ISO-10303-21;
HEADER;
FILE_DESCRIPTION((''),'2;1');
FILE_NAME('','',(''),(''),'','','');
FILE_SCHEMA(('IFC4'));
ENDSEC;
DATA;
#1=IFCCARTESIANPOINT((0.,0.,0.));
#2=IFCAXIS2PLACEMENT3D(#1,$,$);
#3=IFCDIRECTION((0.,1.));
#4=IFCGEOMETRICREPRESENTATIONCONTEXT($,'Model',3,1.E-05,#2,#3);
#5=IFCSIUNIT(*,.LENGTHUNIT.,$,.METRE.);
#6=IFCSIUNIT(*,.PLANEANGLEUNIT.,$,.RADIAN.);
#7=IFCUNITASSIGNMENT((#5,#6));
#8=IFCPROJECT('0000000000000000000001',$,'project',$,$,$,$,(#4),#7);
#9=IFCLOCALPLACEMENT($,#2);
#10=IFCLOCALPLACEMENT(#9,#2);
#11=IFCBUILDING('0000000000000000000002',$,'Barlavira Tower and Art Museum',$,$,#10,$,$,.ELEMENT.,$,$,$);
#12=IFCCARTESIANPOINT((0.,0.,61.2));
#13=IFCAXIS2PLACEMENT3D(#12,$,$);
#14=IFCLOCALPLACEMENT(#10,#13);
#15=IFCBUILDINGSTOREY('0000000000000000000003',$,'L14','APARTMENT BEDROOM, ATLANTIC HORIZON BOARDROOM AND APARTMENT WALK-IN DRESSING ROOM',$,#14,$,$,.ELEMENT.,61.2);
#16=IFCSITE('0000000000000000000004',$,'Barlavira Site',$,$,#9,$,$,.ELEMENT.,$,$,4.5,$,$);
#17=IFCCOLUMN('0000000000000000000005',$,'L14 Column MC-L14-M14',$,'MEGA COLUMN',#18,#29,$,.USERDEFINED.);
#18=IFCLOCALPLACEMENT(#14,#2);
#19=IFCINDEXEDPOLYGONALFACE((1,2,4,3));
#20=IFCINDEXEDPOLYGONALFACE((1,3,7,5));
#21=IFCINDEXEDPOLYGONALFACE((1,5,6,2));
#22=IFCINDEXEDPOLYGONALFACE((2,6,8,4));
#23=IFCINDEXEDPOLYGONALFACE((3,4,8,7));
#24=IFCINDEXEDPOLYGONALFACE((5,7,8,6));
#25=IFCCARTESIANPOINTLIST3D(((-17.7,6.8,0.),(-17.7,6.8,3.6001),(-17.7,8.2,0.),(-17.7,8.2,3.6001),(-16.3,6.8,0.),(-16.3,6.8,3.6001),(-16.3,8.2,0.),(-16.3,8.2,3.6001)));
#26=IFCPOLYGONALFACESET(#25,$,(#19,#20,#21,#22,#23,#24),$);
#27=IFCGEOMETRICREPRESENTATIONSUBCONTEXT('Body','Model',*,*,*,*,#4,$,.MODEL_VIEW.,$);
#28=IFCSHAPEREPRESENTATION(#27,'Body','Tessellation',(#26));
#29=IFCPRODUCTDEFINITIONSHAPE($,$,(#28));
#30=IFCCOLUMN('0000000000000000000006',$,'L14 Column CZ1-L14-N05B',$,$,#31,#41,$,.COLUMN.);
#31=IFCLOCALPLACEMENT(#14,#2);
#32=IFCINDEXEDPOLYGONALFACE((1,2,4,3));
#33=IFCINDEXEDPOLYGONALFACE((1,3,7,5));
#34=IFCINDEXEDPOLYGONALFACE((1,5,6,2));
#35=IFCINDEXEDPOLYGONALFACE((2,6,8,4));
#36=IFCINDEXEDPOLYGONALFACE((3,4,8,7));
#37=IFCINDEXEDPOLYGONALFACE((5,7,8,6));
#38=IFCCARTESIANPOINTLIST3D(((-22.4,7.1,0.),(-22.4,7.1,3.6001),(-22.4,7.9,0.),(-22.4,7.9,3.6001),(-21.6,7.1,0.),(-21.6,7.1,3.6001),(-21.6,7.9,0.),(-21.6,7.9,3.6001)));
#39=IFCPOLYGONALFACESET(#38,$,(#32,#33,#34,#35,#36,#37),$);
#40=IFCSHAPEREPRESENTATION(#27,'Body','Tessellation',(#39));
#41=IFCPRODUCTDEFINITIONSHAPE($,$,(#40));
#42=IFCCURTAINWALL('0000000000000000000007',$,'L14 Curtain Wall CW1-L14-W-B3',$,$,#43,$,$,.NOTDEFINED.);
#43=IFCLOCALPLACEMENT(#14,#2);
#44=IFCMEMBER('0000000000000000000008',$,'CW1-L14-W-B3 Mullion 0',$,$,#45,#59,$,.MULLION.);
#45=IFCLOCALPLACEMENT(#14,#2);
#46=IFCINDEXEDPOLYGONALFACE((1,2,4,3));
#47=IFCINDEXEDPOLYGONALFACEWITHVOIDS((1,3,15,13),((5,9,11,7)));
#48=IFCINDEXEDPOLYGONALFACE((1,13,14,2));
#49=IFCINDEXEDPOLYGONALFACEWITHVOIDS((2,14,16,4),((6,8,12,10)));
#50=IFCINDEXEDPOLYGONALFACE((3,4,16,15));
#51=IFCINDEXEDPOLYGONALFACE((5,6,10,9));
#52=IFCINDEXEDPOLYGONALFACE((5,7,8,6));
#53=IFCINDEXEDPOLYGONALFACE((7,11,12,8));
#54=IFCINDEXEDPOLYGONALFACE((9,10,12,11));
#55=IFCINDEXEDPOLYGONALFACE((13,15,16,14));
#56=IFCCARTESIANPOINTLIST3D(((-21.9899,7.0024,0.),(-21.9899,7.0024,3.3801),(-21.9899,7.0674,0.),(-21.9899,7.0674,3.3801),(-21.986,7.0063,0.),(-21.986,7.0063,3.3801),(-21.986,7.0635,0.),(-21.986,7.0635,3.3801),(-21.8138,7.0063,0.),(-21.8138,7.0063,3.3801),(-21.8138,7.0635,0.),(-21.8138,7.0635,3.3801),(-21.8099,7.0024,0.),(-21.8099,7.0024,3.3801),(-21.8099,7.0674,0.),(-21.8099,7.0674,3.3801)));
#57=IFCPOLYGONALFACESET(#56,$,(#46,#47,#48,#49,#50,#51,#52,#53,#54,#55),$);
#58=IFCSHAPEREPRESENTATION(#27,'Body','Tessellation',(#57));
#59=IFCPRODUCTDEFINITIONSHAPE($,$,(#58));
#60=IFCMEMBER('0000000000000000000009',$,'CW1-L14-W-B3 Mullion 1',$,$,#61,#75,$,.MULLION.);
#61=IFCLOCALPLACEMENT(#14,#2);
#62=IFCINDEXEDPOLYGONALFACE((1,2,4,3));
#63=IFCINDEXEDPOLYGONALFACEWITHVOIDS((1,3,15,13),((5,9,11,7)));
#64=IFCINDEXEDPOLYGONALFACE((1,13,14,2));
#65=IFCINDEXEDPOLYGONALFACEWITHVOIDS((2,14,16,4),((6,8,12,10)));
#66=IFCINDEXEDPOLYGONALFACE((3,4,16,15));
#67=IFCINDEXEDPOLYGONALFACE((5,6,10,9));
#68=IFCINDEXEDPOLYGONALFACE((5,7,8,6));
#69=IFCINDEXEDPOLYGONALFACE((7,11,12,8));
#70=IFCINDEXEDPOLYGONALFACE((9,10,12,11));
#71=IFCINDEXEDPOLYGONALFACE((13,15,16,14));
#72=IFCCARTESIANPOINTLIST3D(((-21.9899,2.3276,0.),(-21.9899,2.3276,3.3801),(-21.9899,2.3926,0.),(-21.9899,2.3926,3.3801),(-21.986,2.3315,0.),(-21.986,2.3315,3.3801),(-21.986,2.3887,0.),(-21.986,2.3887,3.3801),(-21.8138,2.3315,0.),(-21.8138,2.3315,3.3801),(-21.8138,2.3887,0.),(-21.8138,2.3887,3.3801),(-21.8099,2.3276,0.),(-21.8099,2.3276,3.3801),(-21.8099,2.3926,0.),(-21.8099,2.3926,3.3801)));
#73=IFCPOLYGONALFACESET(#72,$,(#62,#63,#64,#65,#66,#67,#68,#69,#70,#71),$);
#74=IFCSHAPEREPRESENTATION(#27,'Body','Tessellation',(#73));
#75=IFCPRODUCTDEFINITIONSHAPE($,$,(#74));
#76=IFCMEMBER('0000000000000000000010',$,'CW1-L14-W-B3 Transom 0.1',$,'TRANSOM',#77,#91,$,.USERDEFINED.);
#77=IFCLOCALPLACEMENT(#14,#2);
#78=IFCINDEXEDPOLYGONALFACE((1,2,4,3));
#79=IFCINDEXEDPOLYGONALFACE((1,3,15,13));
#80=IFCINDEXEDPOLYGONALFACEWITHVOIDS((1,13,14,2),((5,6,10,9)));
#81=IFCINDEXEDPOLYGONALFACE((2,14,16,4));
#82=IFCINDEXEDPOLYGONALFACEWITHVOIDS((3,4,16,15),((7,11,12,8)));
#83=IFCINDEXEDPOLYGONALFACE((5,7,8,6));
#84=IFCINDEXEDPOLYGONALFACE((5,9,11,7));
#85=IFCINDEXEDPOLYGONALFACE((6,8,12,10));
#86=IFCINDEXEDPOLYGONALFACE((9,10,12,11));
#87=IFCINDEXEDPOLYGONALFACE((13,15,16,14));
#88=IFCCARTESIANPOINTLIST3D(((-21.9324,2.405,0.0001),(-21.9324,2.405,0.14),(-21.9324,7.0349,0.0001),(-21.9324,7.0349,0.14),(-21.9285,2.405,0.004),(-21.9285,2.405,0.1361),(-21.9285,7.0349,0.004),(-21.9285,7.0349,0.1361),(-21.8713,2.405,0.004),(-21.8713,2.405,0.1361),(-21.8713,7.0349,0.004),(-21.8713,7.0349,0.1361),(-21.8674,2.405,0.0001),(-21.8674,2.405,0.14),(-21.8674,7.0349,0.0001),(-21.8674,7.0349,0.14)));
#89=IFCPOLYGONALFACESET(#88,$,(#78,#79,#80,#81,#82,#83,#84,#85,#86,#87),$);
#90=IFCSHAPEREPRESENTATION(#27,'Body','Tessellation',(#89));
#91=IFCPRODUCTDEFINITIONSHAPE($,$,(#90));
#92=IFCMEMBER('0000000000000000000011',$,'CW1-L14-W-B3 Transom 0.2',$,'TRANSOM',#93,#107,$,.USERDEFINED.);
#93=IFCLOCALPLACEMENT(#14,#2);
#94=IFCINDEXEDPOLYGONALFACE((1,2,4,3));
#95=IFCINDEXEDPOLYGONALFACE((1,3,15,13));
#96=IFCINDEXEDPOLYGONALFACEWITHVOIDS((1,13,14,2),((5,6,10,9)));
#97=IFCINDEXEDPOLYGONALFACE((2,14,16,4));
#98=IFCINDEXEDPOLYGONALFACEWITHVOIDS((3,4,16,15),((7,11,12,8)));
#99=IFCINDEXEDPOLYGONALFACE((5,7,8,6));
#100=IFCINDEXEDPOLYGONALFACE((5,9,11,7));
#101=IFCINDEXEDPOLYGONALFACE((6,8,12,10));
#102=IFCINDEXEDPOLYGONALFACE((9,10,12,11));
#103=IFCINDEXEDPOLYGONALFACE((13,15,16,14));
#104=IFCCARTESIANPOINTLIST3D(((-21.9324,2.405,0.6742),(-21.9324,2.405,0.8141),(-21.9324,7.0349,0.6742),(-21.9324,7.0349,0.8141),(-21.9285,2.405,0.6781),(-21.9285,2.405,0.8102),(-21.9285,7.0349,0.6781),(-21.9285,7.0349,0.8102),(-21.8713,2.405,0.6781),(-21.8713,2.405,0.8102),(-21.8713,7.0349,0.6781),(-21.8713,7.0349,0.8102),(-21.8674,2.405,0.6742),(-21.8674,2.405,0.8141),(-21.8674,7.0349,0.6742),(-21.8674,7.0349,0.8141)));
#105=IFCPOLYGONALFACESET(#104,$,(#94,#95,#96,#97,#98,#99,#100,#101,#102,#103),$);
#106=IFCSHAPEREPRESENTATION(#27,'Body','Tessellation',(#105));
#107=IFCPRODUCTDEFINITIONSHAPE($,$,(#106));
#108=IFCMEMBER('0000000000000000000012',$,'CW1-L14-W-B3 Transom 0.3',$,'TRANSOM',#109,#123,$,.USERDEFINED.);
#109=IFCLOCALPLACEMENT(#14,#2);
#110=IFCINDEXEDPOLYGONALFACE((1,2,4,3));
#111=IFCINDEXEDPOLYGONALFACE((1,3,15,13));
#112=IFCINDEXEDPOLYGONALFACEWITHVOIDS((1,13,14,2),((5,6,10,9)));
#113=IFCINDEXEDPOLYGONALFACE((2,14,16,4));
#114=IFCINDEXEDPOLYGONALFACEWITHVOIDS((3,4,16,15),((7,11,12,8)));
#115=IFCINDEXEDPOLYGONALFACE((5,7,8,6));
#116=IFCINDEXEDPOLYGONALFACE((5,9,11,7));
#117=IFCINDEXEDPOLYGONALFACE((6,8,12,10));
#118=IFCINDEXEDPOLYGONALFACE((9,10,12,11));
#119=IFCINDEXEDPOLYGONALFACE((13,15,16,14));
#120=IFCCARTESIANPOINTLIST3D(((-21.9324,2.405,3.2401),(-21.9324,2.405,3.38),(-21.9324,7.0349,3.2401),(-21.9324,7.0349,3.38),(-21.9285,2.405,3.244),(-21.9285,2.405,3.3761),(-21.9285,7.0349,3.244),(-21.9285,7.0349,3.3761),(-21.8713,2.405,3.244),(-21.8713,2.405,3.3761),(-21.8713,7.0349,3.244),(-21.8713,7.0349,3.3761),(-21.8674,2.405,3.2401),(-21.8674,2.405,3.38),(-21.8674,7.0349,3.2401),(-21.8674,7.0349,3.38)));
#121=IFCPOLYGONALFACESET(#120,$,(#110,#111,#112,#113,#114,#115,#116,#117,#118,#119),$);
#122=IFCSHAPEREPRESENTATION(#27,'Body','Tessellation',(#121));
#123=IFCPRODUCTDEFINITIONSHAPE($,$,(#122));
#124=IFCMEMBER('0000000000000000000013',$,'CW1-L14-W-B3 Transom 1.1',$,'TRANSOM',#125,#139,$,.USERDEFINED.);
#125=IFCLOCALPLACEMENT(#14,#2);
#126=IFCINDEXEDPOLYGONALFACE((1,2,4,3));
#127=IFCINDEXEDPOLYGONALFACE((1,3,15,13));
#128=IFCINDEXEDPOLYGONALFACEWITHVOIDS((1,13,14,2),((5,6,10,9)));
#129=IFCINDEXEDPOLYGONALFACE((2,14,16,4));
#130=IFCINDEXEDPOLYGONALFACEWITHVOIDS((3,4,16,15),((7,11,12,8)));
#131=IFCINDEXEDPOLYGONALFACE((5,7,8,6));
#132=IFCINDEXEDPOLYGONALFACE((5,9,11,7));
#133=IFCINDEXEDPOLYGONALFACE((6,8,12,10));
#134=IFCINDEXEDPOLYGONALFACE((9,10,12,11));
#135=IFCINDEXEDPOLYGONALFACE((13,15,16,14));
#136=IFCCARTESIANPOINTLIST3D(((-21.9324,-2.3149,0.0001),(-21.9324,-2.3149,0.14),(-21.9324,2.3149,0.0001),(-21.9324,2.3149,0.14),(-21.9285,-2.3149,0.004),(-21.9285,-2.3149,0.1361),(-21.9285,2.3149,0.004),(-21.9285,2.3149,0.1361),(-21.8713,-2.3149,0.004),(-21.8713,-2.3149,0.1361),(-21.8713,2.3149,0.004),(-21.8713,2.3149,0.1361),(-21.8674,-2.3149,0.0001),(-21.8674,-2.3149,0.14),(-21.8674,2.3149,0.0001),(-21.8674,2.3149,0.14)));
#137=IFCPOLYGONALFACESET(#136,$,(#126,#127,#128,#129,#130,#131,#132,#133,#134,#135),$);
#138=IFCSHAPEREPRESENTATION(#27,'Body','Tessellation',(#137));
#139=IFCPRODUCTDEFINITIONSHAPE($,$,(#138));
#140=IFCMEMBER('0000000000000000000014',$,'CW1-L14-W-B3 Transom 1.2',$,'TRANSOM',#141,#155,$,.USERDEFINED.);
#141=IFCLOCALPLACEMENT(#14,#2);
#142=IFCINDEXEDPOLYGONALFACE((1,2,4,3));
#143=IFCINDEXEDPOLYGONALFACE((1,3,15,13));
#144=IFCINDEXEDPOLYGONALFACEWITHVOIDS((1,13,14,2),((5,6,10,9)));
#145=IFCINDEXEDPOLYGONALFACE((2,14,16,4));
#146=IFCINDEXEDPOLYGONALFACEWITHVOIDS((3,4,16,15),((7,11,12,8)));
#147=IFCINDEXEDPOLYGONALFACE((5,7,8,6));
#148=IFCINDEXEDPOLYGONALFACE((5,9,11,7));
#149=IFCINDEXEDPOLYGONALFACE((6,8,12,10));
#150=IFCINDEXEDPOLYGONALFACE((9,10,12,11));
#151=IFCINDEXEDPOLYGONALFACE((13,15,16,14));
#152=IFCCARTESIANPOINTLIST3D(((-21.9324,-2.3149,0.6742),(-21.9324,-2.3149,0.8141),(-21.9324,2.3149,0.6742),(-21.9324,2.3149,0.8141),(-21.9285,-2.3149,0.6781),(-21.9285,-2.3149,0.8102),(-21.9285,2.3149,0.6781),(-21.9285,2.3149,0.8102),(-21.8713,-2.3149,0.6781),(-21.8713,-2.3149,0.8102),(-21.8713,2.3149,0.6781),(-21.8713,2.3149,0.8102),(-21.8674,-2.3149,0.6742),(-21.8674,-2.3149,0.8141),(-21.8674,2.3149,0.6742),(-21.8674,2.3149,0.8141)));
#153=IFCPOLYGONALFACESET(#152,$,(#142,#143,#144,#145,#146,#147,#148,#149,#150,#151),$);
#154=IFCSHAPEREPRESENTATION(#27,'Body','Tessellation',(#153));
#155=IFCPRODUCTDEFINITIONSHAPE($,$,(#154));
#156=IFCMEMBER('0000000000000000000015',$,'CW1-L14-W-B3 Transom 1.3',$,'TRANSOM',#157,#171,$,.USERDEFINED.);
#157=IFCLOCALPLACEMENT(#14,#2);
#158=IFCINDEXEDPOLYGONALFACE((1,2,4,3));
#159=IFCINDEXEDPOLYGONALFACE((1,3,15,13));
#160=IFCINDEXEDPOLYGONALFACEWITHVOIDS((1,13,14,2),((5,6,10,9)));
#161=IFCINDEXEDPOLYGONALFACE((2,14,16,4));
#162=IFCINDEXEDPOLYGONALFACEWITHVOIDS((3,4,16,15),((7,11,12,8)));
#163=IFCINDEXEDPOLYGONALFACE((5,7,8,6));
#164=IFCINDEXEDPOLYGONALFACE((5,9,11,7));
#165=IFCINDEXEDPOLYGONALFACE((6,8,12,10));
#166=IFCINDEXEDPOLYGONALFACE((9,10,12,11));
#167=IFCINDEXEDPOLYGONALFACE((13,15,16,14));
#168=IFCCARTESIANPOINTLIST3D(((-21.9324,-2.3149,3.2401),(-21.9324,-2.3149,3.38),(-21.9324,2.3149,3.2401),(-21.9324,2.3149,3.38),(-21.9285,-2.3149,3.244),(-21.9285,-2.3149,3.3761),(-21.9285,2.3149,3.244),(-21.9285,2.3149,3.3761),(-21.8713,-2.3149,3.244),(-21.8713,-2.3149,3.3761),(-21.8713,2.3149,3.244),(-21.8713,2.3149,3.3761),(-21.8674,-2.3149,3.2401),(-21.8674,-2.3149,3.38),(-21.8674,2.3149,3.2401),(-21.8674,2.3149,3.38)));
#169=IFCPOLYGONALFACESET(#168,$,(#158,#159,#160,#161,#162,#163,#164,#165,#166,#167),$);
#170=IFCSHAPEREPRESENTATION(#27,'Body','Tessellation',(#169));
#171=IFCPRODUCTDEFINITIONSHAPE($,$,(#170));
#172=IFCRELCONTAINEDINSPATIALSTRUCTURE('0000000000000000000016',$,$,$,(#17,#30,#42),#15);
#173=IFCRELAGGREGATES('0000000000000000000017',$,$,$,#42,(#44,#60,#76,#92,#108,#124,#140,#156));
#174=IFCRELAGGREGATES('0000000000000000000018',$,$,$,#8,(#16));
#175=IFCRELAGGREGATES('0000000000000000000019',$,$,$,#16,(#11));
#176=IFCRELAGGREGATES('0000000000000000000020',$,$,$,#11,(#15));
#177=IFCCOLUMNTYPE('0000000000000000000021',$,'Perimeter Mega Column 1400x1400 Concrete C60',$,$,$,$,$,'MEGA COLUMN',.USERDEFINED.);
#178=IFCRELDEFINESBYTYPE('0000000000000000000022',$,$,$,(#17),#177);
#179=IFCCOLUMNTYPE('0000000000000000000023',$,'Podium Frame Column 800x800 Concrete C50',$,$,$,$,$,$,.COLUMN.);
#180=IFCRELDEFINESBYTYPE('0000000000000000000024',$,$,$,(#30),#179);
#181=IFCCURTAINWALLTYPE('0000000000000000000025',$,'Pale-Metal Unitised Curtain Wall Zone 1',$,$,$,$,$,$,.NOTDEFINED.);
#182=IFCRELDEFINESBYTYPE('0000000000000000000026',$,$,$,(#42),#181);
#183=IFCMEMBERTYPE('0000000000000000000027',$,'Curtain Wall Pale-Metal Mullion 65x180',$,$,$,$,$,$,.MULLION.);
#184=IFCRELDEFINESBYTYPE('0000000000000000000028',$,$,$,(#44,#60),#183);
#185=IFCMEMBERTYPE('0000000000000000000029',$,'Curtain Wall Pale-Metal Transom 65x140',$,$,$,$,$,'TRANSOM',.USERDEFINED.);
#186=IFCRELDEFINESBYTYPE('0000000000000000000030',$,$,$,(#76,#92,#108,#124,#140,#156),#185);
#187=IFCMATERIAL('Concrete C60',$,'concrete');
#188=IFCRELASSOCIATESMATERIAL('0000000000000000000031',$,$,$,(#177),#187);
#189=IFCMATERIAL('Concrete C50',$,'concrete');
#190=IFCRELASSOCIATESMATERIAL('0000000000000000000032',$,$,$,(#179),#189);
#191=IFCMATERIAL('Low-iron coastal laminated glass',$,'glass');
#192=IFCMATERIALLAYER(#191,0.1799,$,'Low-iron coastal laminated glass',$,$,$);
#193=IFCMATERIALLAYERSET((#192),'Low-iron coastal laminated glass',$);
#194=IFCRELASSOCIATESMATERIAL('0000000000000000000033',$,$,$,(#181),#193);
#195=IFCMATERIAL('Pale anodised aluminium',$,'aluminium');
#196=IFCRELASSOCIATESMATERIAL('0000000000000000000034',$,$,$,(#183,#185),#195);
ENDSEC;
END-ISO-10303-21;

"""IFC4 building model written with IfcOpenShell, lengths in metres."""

from ifc_helpers import new_model, si_unit, direction, frame, origin, origin_2d, place, context, subcontext, project, spatial, rectangle, hollow_rectangle, extrude, material, layer, layer_set, material_profile, profile_set, type_object, element, aggregate, save


model = new_model("IFC4")

# Units and contexts
model_context = context("Model", 3, precision=1e-05, world=origin(), true_north=direction((0.0, 1.0)))
body_context = subcontext(model_context, "Body", "Model", "MODEL_VIEW")
ifc_project = project(units=[si_unit("LENGTHUNIT", "METRE"), si_unit("PLANEANGLEUNIT", "RADIAN")], contexts=[model_context])

# Site, building, storey
site_placement = place(None, origin())
site = spatial("IfcSite", under=ifc_project, at=site_placement, Name="Barlavira Site", CompositionType="ELEMENT", RefElevation=4.5)
building_placement = place(site_placement, origin())
building = spatial("IfcBuilding", under=site, at=building_placement, Name="Barlavira Tower and Art Museum", CompositionType="ELEMENT")
storey_placement = place(building_placement, frame((0.0, 0.0, 61.2)))
storey = spatial("IfcBuildingStorey", under=building, at=storey_placement, Name="L14", Description="APARTMENT BEDROOM, ATLANTIC HORIZON BOARDROOM AND APARTMENT WALK-IN DRESSING ROOM", CompositionType="ELEMENT", Elevation=61.2)

# Columns
ifc_material_1 = material(Name="Concrete C60", Category="concrete")
ifc_material_profile_1 = material_profile(ifc_material_1, rectangle(XDim=1.3999, YDim=1.3999, at=origin_2d()), Name="RC-MCOL 1400x1400")
ifc_profile_set_1 = profile_set([ifc_material_profile_1], Name="Concrete C60")
column_type_1 = type_object("IfcColumnType", Name="Perimeter Mega Column 1400x1400 Concrete C60", ElementType="MEGA COLUMN", PredefinedType="USERDEFINED", material=ifc_profile_set_1)
column_1_placement = place(storey_placement, frame((-17.0, 7.5, 0.0), z_axis=(0.0, 0.0, 1.0), x_axis=(1.0, 0.0, 0.0)))
element("IfcColumn", 1, at=column_1_placement, inside=storey, type_object=column_type_1, Name="L14 Column MC-L14-M14", ObjectType="MEGA COLUMN", PredefinedType="USERDEFINED", context=body_context, shape_type="SweptSolid", body=[
    extrude(rectangle(XDim=1.3999, YDim=1.3999, at=origin_2d()), origin(), (0.0, 0.0, 1.0), 3.6001),
])
ifc_material_2 = material(Name="Concrete C50", Category="concrete")
ifc_material_profile_2 = material_profile(ifc_material_2, rectangle(XDim=0.8, YDim=0.8, at=origin_2d()), Name="RC-COL 800x800")
ifc_profile_set_2 = profile_set([ifc_material_profile_2], Name="Concrete C50")
column_type_2 = type_object("IfcColumnType", Name="Podium Frame Column 800x800 Concrete C50", PredefinedType="COLUMN", material=ifc_profile_set_2)
column_2_placement = place(storey_placement, frame((-22.0, 7.5, 0.0), z_axis=(0.0, 0.0, 1.0), x_axis=(1.0, 0.0, 0.0)))
element("IfcColumn", 2, at=column_2_placement, inside=storey, type_object=column_type_2, Name="L14 Column CZ1-L14-N05B", PredefinedType="COLUMN", context=body_context, shape_type="SweptSolid", body=[
    extrude(rectangle(XDim=0.8, YDim=0.8, at=origin_2d()), origin(), (0.0, 0.0, 1.0), 3.6001),
])

# Curtain wall, members
ifc_material_3 = material(Name="Low-iron coastal laminated glass", Category="glass")
ifc_layer_1 = layer(ifc_material_3, 0.1799, Name="Low-iron coastal laminated glass")
ifc_layer_set_1 = layer_set([ifc_layer_1], Name="Low-iron coastal laminated glass")
curtain_wall_type = type_object("IfcCurtainWallType", Name="Pale-Metal Unitised Curtain Wall Zone 1", PredefinedType="NOTDEFINED", material=ifc_layer_set_1)
curtain_wall_placement = place(storey_placement, origin())
curtain_wall = element("IfcCurtainWall", 3, at=curtain_wall_placement, inside=storey, type_object=curtain_wall_type, Name="L14 Curtain Wall CW1-L14-W-B3", PredefinedType="NOTDEFINED")
ifc_material_4 = material(Name="Pale anodised aluminium", Category="aluminium")
ifc_material_profile_3 = material_profile(ifc_material_4, hollow_rectangle(XDim=0.0649, YDim=0.1799, WallThickness=0.0039, at=origin_2d()), Name="ALU-MULL 65x180x4")
ifc_profile_set_3 = profile_set([ifc_material_profile_3], Name="Pale anodised aluminium")
member_type_1 = type_object("IfcMemberType", Name="Curtain Wall Pale-Metal Mullion 65x180", PredefinedType="MULLION", material=ifc_profile_set_3)
member_1_placement = place(storey_placement, frame((-21.8999, 7.0349, 0.0), z_axis=(0.0, 0.0, 1.0), x_axis=(0.0, -1.0, 0.0)))
member_1 = element("IfcMember", 4, at=member_1_placement, type_object=member_type_1, Name="CW1-L14-W-B3 Mullion 0", PredefinedType="MULLION", context=body_context, shape_type="SweptSolid", body=[
    extrude(hollow_rectangle(XDim=0.0649, YDim=0.1799, WallThickness=0.0039, at=origin_2d()), origin(), (0.0, 0.0, 1.0), 3.3801),
])
member_2_placement = place(storey_placement, frame((-21.8999, 2.3601, 0.0), z_axis=(0.0, 0.0, 1.0), x_axis=(0.0, -1.0, 0.0)))
member_2 = element("IfcMember", 5, at=member_2_placement, type_object=member_type_1, Name="CW1-L14-W-B3 Mullion 1", PredefinedType="MULLION", context=body_context, shape_type="SweptSolid", body=[
    extrude(hollow_rectangle(XDim=0.0649, YDim=0.1799, WallThickness=0.0039, at=origin_2d()), origin(), (0.0, 0.0, 1.0), 3.3801),
])
ifc_material_profile_4 = material_profile(ifc_material_4, hollow_rectangle(XDim=0.0649, YDim=0.1399, WallThickness=0.0039, at=origin_2d()), Name="ALU-TRAN 65x140x4")
ifc_profile_set_4 = profile_set([ifc_material_profile_4], Name="Pale anodised aluminium")
member_type_2 = type_object("IfcMemberType", Name="Curtain Wall Pale-Metal Transom 65x140", ElementType="TRANSOM", PredefinedType="USERDEFINED", material=ifc_profile_set_4)
member_3_placement = place(storey_placement, frame((-21.8999, 7.0349, 0.0701), z_axis=(0.0, -1.0, 0.0), x_axis=(1.0, 0.0, 0.0)))
member_3 = element("IfcMember", 6, at=member_3_placement, type_object=member_type_2, Name="CW1-L14-W-B3 Transom 0.1", ObjectType="TRANSOM", PredefinedType="USERDEFINED", context=body_context, shape_type="SweptSolid", body=[
    extrude(hollow_rectangle(XDim=0.0649, YDim=0.1399, WallThickness=0.0039, at=origin_2d()), origin(), (0.0, 0.0, 1.0), 4.6299),
])
member_4_placement = place(storey_placement, frame((-21.8999, 7.0349, 0.7441), z_axis=(0.0, -1.0, 0.0), x_axis=(1.0, 0.0, 0.0)))
member_4 = element("IfcMember", 7, at=member_4_placement, type_object=member_type_2, Name="CW1-L14-W-B3 Transom 0.2", ObjectType="TRANSOM", PredefinedType="USERDEFINED", context=body_context, shape_type="SweptSolid", body=[
    extrude(hollow_rectangle(XDim=0.0649, YDim=0.1399, WallThickness=0.0039, at=origin_2d()), origin(), (0.0, 0.0, 1.0), 4.6299),
])
member_5_placement = place(storey_placement, frame((-21.8999, 7.0349, 3.3101), z_axis=(0.0, -1.0, 0.0), x_axis=(1.0, 0.0, 0.0)))
member_5 = element("IfcMember", 8, at=member_5_placement, type_object=member_type_2, Name="CW1-L14-W-B3 Transom 0.3", ObjectType="TRANSOM", PredefinedType="USERDEFINED", context=body_context, shape_type="SweptSolid", body=[
    extrude(hollow_rectangle(XDim=0.0649, YDim=0.1399, WallThickness=0.0039, at=origin_2d()), origin(), (0.0, 0.0, 1.0), 4.6299),
])
member_6_placement = place(storey_placement, frame((-21.8999, 2.3149, 0.0701), z_axis=(0.0, -1.0, 0.0), x_axis=(1.0, 0.0, 0.0)))
member_6 = element("IfcMember", 9, at=member_6_placement, type_object=member_type_2, Name="CW1-L14-W-B3 Transom 1.1", ObjectType="TRANSOM", PredefinedType="USERDEFINED", context=body_context, shape_type="SweptSolid", body=[
    extrude(hollow_rectangle(XDim=0.0649, YDim=0.1399, WallThickness=0.0039, at=origin_2d()), origin(), (0.0, 0.0, 1.0), 4.6299),
])
member_7_placement = place(storey_placement, frame((-21.8999, 2.3149, 0.7441), z_axis=(0.0, -1.0, 0.0), x_axis=(1.0, 0.0, 0.0)))
member_7 = element("IfcMember", 10, at=member_7_placement, type_object=member_type_2, Name="CW1-L14-W-B3 Transom 1.2", ObjectType="TRANSOM", PredefinedType="USERDEFINED", context=body_context, shape_type="SweptSolid", body=[
    extrude(hollow_rectangle(XDim=0.0649, YDim=0.1399, WallThickness=0.0039, at=origin_2d()), origin(), (0.0, 0.0, 1.0), 4.6299),
])
member_8_placement = place(storey_placement, frame((-21.8999, 2.3149, 3.3101), z_axis=(0.0, -1.0, 0.0), x_axis=(1.0, 0.0, 0.0)))
member_8 = element("IfcMember", 11, at=member_8_placement, type_object=member_type_2, Name="CW1-L14-W-B3 Transom 1.3", ObjectType="TRANSOM", PredefinedType="USERDEFINED", context=body_context, shape_type="SweptSolid", body=[
    extrude(hollow_rectangle(XDim=0.0649, YDim=0.1399, WallThickness=0.0039, at=origin_2d()), origin(), (0.0, 0.0, 1.0), 4.6299),
])

aggregate(curtain_wall, [member_1, member_2, member_3, member_4, member_5, member_6, member_7, member_8])

save(model, "model.ifc")
